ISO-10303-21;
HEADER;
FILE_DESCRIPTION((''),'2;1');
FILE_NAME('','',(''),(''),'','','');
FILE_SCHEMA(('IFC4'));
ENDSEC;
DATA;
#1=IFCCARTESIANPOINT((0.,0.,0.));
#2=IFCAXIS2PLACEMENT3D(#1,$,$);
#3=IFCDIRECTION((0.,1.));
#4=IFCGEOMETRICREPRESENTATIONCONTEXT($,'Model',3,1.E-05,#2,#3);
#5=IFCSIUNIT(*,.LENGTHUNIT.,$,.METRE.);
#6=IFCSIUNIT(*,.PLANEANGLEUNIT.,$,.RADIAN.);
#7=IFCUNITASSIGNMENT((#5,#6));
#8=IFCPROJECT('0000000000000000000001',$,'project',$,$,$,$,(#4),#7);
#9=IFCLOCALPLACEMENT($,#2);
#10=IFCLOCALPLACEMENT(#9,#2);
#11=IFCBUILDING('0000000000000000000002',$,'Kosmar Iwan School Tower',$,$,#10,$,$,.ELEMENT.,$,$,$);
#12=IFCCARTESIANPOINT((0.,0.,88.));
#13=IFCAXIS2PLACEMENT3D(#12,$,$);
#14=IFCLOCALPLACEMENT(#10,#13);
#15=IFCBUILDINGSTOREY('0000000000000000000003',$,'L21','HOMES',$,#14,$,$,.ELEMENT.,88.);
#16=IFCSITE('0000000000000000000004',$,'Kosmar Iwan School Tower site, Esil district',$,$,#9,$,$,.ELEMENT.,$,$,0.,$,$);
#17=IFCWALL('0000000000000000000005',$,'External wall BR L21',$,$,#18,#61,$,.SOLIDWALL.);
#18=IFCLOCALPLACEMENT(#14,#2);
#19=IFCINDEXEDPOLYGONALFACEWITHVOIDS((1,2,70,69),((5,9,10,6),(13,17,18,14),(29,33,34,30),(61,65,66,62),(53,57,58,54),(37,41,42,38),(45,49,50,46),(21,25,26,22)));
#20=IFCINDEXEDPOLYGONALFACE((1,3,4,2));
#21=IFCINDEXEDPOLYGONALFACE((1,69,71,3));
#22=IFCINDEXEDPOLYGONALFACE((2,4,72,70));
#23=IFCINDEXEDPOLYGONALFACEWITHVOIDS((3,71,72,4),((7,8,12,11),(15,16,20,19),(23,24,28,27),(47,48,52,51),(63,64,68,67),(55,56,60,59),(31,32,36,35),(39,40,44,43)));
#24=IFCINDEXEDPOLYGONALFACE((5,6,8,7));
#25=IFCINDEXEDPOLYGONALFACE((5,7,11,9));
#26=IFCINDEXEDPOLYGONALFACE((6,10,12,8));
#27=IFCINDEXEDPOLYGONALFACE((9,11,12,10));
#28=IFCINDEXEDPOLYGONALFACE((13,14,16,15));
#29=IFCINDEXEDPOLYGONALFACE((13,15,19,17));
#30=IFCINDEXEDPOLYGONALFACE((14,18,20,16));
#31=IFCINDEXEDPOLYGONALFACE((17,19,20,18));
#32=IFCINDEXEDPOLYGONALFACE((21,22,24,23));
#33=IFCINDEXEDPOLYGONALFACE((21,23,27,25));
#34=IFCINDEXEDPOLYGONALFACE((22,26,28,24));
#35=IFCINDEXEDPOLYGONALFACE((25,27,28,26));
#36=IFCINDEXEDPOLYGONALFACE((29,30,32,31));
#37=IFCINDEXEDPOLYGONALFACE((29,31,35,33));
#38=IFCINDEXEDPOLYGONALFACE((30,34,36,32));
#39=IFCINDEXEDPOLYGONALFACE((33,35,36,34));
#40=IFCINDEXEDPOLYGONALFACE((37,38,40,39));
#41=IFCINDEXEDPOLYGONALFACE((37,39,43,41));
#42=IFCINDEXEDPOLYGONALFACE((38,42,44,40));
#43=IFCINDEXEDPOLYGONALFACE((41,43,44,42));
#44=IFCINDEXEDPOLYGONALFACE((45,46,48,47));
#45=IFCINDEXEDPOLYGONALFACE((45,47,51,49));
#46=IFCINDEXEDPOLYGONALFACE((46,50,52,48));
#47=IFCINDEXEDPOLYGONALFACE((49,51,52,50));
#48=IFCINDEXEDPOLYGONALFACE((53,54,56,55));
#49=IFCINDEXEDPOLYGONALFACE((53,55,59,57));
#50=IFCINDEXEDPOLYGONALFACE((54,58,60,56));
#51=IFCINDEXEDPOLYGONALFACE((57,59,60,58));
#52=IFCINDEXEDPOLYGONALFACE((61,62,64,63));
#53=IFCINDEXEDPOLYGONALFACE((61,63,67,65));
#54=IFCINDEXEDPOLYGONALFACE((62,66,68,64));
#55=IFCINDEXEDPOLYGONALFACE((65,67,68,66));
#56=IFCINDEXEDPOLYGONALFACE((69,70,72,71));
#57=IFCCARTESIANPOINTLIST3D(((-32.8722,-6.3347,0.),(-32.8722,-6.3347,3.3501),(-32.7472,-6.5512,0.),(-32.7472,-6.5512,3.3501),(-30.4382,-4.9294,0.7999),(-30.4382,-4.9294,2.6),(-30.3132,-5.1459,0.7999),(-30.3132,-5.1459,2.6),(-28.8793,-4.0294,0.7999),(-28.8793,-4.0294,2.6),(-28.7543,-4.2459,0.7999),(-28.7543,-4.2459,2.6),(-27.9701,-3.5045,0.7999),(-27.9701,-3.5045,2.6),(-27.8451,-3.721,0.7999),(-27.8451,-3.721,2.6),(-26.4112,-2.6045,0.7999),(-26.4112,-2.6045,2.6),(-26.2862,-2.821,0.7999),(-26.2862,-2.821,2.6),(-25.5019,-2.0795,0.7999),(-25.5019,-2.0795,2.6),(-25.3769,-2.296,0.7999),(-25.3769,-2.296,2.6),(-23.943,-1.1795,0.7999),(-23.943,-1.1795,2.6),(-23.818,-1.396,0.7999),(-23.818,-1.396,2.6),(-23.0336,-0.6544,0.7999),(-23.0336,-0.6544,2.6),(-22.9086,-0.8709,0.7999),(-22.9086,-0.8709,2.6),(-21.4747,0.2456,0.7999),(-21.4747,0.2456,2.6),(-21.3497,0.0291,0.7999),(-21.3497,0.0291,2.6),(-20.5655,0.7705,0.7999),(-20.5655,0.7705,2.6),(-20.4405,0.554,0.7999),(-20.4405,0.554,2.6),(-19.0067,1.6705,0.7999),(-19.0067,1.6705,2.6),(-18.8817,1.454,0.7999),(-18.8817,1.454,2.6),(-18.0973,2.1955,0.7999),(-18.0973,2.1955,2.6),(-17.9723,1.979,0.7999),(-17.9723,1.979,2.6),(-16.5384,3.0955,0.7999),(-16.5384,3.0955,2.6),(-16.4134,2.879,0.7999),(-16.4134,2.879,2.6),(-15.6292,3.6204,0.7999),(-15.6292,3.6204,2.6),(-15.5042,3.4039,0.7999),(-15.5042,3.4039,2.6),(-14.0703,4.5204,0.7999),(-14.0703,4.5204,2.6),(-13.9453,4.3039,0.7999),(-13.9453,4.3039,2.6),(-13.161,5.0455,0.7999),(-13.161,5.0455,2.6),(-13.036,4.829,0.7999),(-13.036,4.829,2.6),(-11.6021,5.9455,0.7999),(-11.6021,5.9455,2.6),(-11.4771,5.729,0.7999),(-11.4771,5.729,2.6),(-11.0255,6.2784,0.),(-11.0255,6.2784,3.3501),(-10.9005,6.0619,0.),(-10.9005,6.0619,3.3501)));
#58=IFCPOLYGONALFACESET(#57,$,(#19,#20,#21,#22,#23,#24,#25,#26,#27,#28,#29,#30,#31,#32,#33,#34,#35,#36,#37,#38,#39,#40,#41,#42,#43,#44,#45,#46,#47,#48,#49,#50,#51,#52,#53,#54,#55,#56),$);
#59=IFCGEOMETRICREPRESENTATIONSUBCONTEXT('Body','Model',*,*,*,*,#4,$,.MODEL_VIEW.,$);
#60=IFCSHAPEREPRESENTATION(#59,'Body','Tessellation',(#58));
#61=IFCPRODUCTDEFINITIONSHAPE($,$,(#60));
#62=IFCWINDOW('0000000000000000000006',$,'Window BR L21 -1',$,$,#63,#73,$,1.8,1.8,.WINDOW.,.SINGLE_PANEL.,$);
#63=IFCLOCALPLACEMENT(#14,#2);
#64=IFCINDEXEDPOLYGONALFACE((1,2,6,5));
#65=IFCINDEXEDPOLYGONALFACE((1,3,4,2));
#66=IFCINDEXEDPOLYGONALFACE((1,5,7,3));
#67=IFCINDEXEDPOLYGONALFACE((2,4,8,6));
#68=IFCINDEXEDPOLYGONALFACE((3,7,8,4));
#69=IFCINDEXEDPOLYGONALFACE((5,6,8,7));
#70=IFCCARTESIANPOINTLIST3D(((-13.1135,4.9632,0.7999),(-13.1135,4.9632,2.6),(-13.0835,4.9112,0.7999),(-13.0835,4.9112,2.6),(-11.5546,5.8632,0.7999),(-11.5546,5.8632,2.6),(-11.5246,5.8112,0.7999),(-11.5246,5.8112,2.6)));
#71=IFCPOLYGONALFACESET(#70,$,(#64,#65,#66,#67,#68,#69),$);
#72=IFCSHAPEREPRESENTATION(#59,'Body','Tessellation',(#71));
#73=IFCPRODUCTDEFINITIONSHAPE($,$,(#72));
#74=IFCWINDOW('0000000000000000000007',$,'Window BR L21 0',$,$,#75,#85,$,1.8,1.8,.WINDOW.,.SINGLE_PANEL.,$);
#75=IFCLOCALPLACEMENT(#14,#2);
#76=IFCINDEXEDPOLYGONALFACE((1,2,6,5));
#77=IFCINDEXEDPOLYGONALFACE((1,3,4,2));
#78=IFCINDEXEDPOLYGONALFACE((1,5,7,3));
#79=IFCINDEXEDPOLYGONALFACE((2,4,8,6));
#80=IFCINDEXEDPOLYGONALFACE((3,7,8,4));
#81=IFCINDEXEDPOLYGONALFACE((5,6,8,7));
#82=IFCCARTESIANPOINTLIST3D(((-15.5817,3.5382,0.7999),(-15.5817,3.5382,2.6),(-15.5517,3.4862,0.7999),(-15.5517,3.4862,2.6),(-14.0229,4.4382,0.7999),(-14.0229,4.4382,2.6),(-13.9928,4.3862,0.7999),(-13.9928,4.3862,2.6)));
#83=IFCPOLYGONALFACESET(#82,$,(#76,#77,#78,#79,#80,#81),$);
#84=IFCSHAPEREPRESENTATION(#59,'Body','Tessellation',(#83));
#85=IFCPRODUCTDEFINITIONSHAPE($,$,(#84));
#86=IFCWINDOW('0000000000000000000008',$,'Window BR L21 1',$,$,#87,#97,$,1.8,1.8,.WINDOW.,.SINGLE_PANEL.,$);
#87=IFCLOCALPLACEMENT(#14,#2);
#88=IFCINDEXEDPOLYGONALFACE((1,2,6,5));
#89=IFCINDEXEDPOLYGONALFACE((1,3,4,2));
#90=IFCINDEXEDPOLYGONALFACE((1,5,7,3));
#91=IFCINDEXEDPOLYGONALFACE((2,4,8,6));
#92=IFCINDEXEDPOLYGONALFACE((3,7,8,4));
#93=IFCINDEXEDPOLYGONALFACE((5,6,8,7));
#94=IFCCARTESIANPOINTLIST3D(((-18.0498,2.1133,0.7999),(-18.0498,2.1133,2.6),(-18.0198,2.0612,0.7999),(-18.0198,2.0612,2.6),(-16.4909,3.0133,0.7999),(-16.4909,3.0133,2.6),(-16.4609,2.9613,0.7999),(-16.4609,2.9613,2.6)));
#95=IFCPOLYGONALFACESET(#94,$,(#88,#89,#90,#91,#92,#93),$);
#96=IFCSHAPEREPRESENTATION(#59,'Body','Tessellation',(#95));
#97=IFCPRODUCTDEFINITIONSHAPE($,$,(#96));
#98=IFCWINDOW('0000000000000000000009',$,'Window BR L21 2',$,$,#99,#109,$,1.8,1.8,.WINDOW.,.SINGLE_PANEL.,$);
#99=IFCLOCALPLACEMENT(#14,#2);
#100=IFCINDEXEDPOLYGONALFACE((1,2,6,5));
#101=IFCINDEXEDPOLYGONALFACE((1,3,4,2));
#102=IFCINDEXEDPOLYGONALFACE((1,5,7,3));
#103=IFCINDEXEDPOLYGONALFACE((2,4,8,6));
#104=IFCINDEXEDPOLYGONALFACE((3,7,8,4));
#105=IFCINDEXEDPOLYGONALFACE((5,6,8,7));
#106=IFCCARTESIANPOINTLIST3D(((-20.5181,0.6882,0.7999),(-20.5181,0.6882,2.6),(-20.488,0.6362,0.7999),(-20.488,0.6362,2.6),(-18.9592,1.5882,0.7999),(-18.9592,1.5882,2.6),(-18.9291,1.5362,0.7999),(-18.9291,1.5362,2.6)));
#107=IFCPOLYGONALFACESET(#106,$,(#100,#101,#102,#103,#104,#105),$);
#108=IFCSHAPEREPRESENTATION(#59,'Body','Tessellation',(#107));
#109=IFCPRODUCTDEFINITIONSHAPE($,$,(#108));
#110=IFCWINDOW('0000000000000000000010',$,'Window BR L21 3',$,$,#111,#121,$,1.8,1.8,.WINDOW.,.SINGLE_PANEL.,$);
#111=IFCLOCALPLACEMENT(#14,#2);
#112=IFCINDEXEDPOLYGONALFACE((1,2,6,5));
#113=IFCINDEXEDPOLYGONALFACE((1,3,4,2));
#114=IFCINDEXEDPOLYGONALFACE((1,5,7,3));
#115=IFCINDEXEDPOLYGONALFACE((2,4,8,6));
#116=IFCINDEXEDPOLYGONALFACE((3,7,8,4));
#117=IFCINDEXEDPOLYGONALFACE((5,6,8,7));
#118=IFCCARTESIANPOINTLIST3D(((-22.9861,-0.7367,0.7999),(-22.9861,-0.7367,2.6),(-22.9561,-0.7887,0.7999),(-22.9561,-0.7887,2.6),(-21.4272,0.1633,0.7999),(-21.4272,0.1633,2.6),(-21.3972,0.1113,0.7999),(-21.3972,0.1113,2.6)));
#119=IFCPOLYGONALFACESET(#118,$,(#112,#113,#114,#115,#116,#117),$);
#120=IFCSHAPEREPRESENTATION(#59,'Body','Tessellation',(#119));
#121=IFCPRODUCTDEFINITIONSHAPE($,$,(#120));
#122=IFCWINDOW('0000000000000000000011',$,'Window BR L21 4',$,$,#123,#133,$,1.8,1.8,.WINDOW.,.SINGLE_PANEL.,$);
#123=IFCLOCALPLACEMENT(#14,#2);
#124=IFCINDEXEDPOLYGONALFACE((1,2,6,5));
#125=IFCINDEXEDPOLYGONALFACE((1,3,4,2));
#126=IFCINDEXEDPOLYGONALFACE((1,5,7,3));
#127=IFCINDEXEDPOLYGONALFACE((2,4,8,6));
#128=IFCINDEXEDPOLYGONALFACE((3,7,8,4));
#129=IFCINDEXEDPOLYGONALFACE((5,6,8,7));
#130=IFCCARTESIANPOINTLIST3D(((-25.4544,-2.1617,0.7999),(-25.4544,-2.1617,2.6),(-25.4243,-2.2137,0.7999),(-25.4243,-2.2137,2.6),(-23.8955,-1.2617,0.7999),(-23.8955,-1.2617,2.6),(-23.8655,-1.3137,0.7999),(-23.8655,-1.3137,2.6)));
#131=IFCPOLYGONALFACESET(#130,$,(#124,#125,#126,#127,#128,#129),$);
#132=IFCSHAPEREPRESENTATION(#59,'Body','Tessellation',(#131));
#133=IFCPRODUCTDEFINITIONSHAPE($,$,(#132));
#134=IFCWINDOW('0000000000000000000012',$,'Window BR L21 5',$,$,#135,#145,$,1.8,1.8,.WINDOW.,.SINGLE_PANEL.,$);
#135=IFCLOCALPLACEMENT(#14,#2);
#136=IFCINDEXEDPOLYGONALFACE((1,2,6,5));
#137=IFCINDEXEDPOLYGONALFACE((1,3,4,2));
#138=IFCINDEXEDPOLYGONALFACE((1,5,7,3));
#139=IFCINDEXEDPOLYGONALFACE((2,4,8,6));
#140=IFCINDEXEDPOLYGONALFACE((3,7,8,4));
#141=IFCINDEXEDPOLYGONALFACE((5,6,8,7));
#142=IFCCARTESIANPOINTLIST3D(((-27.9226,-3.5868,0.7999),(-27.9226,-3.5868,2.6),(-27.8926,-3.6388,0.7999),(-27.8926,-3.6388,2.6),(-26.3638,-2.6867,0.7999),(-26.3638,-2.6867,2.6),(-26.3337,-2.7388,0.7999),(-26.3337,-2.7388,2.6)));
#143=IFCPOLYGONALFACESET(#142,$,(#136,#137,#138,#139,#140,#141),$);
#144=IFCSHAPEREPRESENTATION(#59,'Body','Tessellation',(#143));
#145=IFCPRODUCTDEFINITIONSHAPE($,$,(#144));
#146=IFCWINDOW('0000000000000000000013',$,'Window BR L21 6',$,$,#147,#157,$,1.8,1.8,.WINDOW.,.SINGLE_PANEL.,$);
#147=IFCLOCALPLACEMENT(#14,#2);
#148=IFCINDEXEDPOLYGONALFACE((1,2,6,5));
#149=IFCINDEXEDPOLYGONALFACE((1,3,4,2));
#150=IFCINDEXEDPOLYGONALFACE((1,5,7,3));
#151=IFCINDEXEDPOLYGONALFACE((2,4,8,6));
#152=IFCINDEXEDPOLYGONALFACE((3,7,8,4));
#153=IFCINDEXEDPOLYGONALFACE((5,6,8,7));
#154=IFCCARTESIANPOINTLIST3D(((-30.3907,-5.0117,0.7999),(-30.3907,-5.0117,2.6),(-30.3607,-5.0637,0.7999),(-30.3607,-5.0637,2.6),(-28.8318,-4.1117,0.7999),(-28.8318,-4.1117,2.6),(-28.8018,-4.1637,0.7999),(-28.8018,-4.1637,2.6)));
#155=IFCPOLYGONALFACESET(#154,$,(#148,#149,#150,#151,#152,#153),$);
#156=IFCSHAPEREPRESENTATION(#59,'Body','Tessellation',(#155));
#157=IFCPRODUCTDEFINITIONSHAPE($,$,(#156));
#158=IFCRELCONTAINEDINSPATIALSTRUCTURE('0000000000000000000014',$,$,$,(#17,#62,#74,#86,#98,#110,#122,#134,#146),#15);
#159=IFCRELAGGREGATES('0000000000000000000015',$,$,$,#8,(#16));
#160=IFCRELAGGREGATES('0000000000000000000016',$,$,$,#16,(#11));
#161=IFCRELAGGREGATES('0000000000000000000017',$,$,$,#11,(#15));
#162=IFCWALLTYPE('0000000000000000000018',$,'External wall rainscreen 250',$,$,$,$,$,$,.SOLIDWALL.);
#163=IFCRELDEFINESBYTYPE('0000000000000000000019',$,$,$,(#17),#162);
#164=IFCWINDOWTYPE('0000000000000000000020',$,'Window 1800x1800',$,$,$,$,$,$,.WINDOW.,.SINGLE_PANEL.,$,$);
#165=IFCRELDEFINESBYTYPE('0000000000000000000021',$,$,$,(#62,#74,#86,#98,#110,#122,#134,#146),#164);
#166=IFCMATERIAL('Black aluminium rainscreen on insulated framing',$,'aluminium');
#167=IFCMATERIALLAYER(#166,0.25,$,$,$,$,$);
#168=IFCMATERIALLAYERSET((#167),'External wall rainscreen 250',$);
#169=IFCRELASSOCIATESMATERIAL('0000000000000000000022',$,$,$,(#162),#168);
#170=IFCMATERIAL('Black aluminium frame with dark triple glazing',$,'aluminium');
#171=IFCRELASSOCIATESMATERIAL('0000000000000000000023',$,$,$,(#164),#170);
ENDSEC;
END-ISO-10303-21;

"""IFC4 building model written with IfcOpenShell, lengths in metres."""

from ifc_helpers import new_model, si_unit, direction, frame, frame_2d, origin, place, context, subcontext, project, spatial, rectangle, extrude, material, layer, layer_set, type_object, element, fill, save


model = new_model("IFC4")

# Units and contexts
model_context = context("Model", 3, precision=1e-05, world=origin(), true_north=direction((0.0, 1.0)))
body_context = subcontext(model_context, "Body", "Model", "MODEL_VIEW")
ifc_project = project(units=[si_unit("LENGTHUNIT", "METRE"), si_unit("PLANEANGLEUNIT", "RADIAN")], contexts=[model_context])

# Site, building, storey
site_placement = place(None, origin())
site = spatial("IfcSite", under=ifc_project, at=site_placement, Name="Kosmar Iwan School Tower site, Esil district", CompositionType="ELEMENT", RefElevation=0.0)
building_placement = place(site_placement, origin())
building = spatial("IfcBuilding", under=site, at=building_placement, Name="Kosmar Iwan School Tower", CompositionType="ELEMENT")
storey_placement = place(building_placement, frame((0.0, 0.0, 88.0)))
storey = spatial("IfcBuildingStorey", under=building, at=storey_placement, Name="L21", Description="HOMES", CompositionType="ELEMENT", Elevation=88.0)

# Wall, openings, windows
ifc_material_1 = material(Name="Black aluminium rainscreen on insulated framing", Category="aluminium")
ifc_layer_1 = layer(ifc_material_1, 0.25)
ifc_layer_set_1 = layer_set([ifc_layer_1], Name="External wall rainscreen 250")
wall_type_1 = type_object("IfcWallType", Name="External wall rainscreen 250", PredefinedType="SOLIDWALL", material=ifc_layer_set_1)
ifc_material_2 = material(Name="Black aluminium frame with dark triple glazing", Category="aluminium")
window_type = type_object("IfcWindowType", Name="Window 1800x1800", PartitioningType="SINGLE_PANEL", PredefinedType="WINDOW", material=ifc_material_2)
wall_1_placement = place(storey_placement, frame((-10.9629, 6.1702, 0.0), z_axis=(0.0, 0.0, 1.0), x_axis=(-0.866028, -0.499996, 0.0)))
wall_1 = element("IfcWall", 1, at=wall_1_placement, inside=storey, type_object=wall_type_1, Name="External wall BR L21", PredefinedType="SOLIDWALL", context=body_context, shape_type="SweptSolid", body=[
    extrude(rectangle(XDim=25.2263, YDim=0.25, at=frame_2d((12.6133, 0.0))), origin(), (0.0, 0.0, 1.0), 3.3501),
])
opening_1_placement = place(wall_1_placement, frame((0.666, 0.0, 0.8)))
opening_1 = element("IfcOpeningElement", 2, at=opening_1_placement, cuts=wall_1, PredefinedType="OPENING", context=body_context, shape_type="SweptSolid", body=[
    extrude(rectangle(XDim=1.8, YDim=1.8, at=frame_2d((0.8999, 0.8999))), frame((0.0, 0.137, 0.0), z_axis=(0.0, -1.0, 0.0), x_axis=(1.0, 0.0, 0.0)), (0.0, 0.0, 1.0), 0.2739),
])
opening_2_placement = place(wall_1_placement, frame((3.5161, 0.0, 0.8)))
opening_2 = element("IfcOpeningElement", 3, at=opening_2_placement, cuts=wall_1, PredefinedType="OPENING", context=body_context, shape_type="SweptSolid", body=[
    extrude(rectangle(XDim=1.8, YDim=1.8, at=frame_2d((0.8999, 0.8999))), frame((0.0, 0.137, 0.0), z_axis=(0.0, -1.0, 0.0), x_axis=(1.0, 0.0, 0.0)), (0.0, 0.0, 1.0), 0.2739),
])
opening_3_placement = place(wall_1_placement, frame((6.366, 0.0, 0.8)))
opening_3 = element("IfcOpeningElement", 4, at=opening_3_placement, cuts=wall_1, PredefinedType="OPENING", context=body_context, shape_type="SweptSolid", body=[
    extrude(rectangle(XDim=1.8, YDim=1.8, at=frame_2d((0.8999, 0.8999))), frame((0.0, 0.137, 0.0), z_axis=(0.0, -1.0, 0.0), x_axis=(1.0, 0.0, 0.0)), (0.0, 0.0, 1.0), 0.2739),
])
opening_4_placement = place(wall_1_placement, frame((9.2161, 0.0, 0.8)))
opening_4 = element("IfcOpeningElement", 5, at=opening_4_placement, cuts=wall_1, PredefinedType="OPENING", context=body_context, shape_type="SweptSolid", body=[
    extrude(rectangle(XDim=1.8, YDim=1.8, at=frame_2d((0.8999, 0.8999))), frame((0.0, 0.137, 0.0), z_axis=(0.0, -1.0, 0.0), x_axis=(1.0, 0.0, 0.0)), (0.0, 0.0, 1.0), 0.2739),
])
opening_5_placement = place(wall_1_placement, frame((12.0659, 0.0, 0.8)))
opening_5 = element("IfcOpeningElement", 6, at=opening_5_placement, cuts=wall_1, PredefinedType="OPENING", context=body_context, shape_type="SweptSolid", body=[
    extrude(rectangle(XDim=1.8, YDim=1.8, at=frame_2d((0.8999, 0.8999))), frame((0.0, 0.137, 0.0), z_axis=(0.0, -1.0, 0.0), x_axis=(1.0, 0.0, 0.0)), (0.0, 0.0, 1.0), 0.2739),
])
opening_6_placement = place(wall_1_placement, frame((14.916, 0.0, 0.8)))
opening_6 = element("IfcOpeningElement", 7, at=opening_6_placement, cuts=wall_1, PredefinedType="OPENING", context=body_context, shape_type="SweptSolid", body=[
    extrude(rectangle(XDim=1.8, YDim=1.8, at=frame_2d((0.8999, 0.8999))), frame((0.0, 0.137, 0.0), z_axis=(0.0, -1.0, 0.0), x_axis=(1.0, 0.0, 0.0)), (0.0, 0.0, 1.0), 0.2739),
])
opening_7_placement = place(wall_1_placement, frame((17.7661, 0.0, 0.8)))
opening_7 = element("IfcOpeningElement", 8, at=opening_7_placement, cuts=wall_1, PredefinedType="OPENING", context=body_context, shape_type="SweptSolid", body=[
    extrude(rectangle(XDim=1.8, YDim=1.8, at=frame_2d((0.8999, 0.8999))), frame((0.0, 0.137, 0.0), z_axis=(0.0, -1.0, 0.0), x_axis=(1.0, 0.0, 0.0)), (0.0, 0.0, 1.0), 0.2739),
])
opening_8_placement = place(wall_1_placement, frame((20.616, 0.0, 0.8)))
opening_8 = element("IfcOpeningElement", 9, at=opening_8_placement, cuts=wall_1, PredefinedType="OPENING", context=body_context, shape_type="SweptSolid", body=[
    extrude(rectangle(XDim=1.8, YDim=1.8, at=frame_2d((0.8999, 0.8999))), frame((0.0, 0.137, 0.0), z_axis=(0.0, -1.0, 0.0), x_axis=(1.0, 0.0, 0.0)), (0.0, 0.0, 1.0), 0.2739),
])
window_1_placement = place(opening_1_placement, origin())
window_1 = element("IfcWindow", 10, at=window_1_placement, inside=storey, type_object=window_type, Name="Window BR L21 -1", OverallHeight=1.8, OverallWidth=1.8, PartitioningType="SINGLE_PANEL", PredefinedType="WINDOW", context=body_context, shape_type="SweptSolid", body=[
    extrude(rectangle(XDim=1.8, YDim=1.8, at=frame_2d((0.8999, 0.8999))), frame((0.0, 0.03, 0.0), z_axis=(0.0, -1.0, 0.0), x_axis=(1.0, 0.0, 0.0)), (0.0, 0.0, 1.0), 0.0601),
])
fill(opening_1, window_1)
window_2_placement = place(opening_2_placement, origin())
window_2 = element("IfcWindow", 11, at=window_2_placement, inside=storey, type_object=window_type, Name="Window BR L21 0", OverallHeight=1.8, OverallWidth=1.8, PartitioningType="SINGLE_PANEL", PredefinedType="WINDOW", context=body_context, shape_type="SweptSolid", body=[
    extrude(rectangle(XDim=1.8, YDim=1.8, at=frame_2d((0.8999, 0.8999))), frame((0.0, 0.03, 0.0), z_axis=(0.0, -1.0, 0.0), x_axis=(1.0, 0.0, 0.0)), (0.0, 0.0, 1.0), 0.0601),
])
fill(opening_2, window_2)
window_3_placement = place(opening_3_placement, origin())
window_3 = element("IfcWindow", 12, at=window_3_placement, inside=storey, type_object=window_type, Name="Window BR L21 1", OverallHeight=1.8, OverallWidth=1.8, PartitioningType="SINGLE_PANEL", PredefinedType="WINDOW", context=body_context, shape_type="SweptSolid", body=[
    extrude(rectangle(XDim=1.8, YDim=1.8, at=frame_2d((0.8999, 0.8999))), frame((0.0, 0.03, 0.0), z_axis=(0.0, -1.0, 0.0), x_axis=(1.0, 0.0, 0.0)), (0.0, 0.0, 1.0), 0.0601),
])
fill(opening_3, window_3)
window_4_placement = place(opening_4_placement, origin())
window_4 = element("IfcWindow", 13, at=window_4_placement, inside=storey, type_object=window_type, Name="Window BR L21 2", OverallHeight=1.8, OverallWidth=1.8, PartitioningType="SINGLE_PANEL", PredefinedType="WINDOW", context=body_context, shape_type="SweptSolid", body=[
    extrude(rectangle(XDim=1.8, YDim=1.8, at=frame_2d((0.8999, 0.8999))), frame((0.0, 0.03, 0.0), z_axis=(0.0, -1.0, 0.0), x_axis=(1.0, 0.0, 0.0)), (0.0, 0.0, 1.0), 0.0601),
])
fill(opening_4, window_4)
window_5_placement = place(opening_5_placement, origin())
window_5 = element("IfcWindow", 14, at=window_5_placement, inside=storey, type_object=window_type, Name="Window BR L21 3", OverallHeight=1.8, OverallWidth=1.8, PartitioningType="SINGLE_PANEL", PredefinedType="WINDOW", context=body_context, shape_type="SweptSolid", body=[
    extrude(rectangle(XDim=1.8, YDim=1.8, at=frame_2d((0.8999, 0.8999))), frame((0.0, 0.03, 0.0), z_axis=(0.0, -1.0, 0.0), x_axis=(1.0, 0.0, 0.0)), (0.0, 0.0, 1.0), 0.0601),
])
fill(opening_5, window_5)
window_6_placement = place(opening_6_placement, origin())
window_6 = element("IfcWindow", 15, at=window_6_placement, inside=storey, type_object=window_type, Name="Window BR L21 4", OverallHeight=1.8, OverallWidth=1.8, PartitioningType="SINGLE_PANEL", PredefinedType="WINDOW", context=body_context, shape_type="SweptSolid", body=[
    extrude(rectangle(XDim=1.8, YDim=1.8, at=frame_2d((0.8999, 0.8999))), frame((0.0, 0.03, 0.0), z_axis=(0.0, -1.0, 0.0), x_axis=(1.0, 0.0, 0.0)), (0.0, 0.0, 1.0), 0.0601),
])
fill(opening_6, window_6)
window_7_placement = place(opening_7_placement, origin())
window_7 = element("IfcWindow", 16, at=window_7_placement, inside=storey, type_object=window_type, Name="Window BR L21 5", OverallHeight=1.8, OverallWidth=1.8, PartitioningType="SINGLE_PANEL", PredefinedType="WINDOW", context=body_context, shape_type="SweptSolid", body=[
    extrude(rectangle(XDim=1.8, YDim=1.8, at=frame_2d((0.8999, 0.8999))), frame((0.0, 0.03, 0.0), z_axis=(0.0, -1.0, 0.0), x_axis=(1.0, 0.0, 0.0)), (0.0, 0.0, 1.0), 0.0601),
])
fill(opening_7, window_7)
window_8_placement = place(opening_8_placement, origin())
window_8 = element("IfcWindow", 17, at=window_8_placement, inside=storey, type_object=window_type, Name="Window BR L21 6", OverallHeight=1.8, OverallWidth=1.8, PartitioningType="SINGLE_PANEL", PredefinedType="WINDOW", context=body_context, shape_type="SweptSolid", body=[
    extrude(rectangle(XDim=1.8, YDim=1.8, at=frame_2d((0.8999, 0.8999))), frame((0.0, 0.03, 0.0), z_axis=(0.0, -1.0, 0.0), x_axis=(1.0, 0.0, 0.0)), (0.0, 0.0, 1.0), 0.0601),
])
fill(opening_8, window_8)

save(model, "model.ifc")
